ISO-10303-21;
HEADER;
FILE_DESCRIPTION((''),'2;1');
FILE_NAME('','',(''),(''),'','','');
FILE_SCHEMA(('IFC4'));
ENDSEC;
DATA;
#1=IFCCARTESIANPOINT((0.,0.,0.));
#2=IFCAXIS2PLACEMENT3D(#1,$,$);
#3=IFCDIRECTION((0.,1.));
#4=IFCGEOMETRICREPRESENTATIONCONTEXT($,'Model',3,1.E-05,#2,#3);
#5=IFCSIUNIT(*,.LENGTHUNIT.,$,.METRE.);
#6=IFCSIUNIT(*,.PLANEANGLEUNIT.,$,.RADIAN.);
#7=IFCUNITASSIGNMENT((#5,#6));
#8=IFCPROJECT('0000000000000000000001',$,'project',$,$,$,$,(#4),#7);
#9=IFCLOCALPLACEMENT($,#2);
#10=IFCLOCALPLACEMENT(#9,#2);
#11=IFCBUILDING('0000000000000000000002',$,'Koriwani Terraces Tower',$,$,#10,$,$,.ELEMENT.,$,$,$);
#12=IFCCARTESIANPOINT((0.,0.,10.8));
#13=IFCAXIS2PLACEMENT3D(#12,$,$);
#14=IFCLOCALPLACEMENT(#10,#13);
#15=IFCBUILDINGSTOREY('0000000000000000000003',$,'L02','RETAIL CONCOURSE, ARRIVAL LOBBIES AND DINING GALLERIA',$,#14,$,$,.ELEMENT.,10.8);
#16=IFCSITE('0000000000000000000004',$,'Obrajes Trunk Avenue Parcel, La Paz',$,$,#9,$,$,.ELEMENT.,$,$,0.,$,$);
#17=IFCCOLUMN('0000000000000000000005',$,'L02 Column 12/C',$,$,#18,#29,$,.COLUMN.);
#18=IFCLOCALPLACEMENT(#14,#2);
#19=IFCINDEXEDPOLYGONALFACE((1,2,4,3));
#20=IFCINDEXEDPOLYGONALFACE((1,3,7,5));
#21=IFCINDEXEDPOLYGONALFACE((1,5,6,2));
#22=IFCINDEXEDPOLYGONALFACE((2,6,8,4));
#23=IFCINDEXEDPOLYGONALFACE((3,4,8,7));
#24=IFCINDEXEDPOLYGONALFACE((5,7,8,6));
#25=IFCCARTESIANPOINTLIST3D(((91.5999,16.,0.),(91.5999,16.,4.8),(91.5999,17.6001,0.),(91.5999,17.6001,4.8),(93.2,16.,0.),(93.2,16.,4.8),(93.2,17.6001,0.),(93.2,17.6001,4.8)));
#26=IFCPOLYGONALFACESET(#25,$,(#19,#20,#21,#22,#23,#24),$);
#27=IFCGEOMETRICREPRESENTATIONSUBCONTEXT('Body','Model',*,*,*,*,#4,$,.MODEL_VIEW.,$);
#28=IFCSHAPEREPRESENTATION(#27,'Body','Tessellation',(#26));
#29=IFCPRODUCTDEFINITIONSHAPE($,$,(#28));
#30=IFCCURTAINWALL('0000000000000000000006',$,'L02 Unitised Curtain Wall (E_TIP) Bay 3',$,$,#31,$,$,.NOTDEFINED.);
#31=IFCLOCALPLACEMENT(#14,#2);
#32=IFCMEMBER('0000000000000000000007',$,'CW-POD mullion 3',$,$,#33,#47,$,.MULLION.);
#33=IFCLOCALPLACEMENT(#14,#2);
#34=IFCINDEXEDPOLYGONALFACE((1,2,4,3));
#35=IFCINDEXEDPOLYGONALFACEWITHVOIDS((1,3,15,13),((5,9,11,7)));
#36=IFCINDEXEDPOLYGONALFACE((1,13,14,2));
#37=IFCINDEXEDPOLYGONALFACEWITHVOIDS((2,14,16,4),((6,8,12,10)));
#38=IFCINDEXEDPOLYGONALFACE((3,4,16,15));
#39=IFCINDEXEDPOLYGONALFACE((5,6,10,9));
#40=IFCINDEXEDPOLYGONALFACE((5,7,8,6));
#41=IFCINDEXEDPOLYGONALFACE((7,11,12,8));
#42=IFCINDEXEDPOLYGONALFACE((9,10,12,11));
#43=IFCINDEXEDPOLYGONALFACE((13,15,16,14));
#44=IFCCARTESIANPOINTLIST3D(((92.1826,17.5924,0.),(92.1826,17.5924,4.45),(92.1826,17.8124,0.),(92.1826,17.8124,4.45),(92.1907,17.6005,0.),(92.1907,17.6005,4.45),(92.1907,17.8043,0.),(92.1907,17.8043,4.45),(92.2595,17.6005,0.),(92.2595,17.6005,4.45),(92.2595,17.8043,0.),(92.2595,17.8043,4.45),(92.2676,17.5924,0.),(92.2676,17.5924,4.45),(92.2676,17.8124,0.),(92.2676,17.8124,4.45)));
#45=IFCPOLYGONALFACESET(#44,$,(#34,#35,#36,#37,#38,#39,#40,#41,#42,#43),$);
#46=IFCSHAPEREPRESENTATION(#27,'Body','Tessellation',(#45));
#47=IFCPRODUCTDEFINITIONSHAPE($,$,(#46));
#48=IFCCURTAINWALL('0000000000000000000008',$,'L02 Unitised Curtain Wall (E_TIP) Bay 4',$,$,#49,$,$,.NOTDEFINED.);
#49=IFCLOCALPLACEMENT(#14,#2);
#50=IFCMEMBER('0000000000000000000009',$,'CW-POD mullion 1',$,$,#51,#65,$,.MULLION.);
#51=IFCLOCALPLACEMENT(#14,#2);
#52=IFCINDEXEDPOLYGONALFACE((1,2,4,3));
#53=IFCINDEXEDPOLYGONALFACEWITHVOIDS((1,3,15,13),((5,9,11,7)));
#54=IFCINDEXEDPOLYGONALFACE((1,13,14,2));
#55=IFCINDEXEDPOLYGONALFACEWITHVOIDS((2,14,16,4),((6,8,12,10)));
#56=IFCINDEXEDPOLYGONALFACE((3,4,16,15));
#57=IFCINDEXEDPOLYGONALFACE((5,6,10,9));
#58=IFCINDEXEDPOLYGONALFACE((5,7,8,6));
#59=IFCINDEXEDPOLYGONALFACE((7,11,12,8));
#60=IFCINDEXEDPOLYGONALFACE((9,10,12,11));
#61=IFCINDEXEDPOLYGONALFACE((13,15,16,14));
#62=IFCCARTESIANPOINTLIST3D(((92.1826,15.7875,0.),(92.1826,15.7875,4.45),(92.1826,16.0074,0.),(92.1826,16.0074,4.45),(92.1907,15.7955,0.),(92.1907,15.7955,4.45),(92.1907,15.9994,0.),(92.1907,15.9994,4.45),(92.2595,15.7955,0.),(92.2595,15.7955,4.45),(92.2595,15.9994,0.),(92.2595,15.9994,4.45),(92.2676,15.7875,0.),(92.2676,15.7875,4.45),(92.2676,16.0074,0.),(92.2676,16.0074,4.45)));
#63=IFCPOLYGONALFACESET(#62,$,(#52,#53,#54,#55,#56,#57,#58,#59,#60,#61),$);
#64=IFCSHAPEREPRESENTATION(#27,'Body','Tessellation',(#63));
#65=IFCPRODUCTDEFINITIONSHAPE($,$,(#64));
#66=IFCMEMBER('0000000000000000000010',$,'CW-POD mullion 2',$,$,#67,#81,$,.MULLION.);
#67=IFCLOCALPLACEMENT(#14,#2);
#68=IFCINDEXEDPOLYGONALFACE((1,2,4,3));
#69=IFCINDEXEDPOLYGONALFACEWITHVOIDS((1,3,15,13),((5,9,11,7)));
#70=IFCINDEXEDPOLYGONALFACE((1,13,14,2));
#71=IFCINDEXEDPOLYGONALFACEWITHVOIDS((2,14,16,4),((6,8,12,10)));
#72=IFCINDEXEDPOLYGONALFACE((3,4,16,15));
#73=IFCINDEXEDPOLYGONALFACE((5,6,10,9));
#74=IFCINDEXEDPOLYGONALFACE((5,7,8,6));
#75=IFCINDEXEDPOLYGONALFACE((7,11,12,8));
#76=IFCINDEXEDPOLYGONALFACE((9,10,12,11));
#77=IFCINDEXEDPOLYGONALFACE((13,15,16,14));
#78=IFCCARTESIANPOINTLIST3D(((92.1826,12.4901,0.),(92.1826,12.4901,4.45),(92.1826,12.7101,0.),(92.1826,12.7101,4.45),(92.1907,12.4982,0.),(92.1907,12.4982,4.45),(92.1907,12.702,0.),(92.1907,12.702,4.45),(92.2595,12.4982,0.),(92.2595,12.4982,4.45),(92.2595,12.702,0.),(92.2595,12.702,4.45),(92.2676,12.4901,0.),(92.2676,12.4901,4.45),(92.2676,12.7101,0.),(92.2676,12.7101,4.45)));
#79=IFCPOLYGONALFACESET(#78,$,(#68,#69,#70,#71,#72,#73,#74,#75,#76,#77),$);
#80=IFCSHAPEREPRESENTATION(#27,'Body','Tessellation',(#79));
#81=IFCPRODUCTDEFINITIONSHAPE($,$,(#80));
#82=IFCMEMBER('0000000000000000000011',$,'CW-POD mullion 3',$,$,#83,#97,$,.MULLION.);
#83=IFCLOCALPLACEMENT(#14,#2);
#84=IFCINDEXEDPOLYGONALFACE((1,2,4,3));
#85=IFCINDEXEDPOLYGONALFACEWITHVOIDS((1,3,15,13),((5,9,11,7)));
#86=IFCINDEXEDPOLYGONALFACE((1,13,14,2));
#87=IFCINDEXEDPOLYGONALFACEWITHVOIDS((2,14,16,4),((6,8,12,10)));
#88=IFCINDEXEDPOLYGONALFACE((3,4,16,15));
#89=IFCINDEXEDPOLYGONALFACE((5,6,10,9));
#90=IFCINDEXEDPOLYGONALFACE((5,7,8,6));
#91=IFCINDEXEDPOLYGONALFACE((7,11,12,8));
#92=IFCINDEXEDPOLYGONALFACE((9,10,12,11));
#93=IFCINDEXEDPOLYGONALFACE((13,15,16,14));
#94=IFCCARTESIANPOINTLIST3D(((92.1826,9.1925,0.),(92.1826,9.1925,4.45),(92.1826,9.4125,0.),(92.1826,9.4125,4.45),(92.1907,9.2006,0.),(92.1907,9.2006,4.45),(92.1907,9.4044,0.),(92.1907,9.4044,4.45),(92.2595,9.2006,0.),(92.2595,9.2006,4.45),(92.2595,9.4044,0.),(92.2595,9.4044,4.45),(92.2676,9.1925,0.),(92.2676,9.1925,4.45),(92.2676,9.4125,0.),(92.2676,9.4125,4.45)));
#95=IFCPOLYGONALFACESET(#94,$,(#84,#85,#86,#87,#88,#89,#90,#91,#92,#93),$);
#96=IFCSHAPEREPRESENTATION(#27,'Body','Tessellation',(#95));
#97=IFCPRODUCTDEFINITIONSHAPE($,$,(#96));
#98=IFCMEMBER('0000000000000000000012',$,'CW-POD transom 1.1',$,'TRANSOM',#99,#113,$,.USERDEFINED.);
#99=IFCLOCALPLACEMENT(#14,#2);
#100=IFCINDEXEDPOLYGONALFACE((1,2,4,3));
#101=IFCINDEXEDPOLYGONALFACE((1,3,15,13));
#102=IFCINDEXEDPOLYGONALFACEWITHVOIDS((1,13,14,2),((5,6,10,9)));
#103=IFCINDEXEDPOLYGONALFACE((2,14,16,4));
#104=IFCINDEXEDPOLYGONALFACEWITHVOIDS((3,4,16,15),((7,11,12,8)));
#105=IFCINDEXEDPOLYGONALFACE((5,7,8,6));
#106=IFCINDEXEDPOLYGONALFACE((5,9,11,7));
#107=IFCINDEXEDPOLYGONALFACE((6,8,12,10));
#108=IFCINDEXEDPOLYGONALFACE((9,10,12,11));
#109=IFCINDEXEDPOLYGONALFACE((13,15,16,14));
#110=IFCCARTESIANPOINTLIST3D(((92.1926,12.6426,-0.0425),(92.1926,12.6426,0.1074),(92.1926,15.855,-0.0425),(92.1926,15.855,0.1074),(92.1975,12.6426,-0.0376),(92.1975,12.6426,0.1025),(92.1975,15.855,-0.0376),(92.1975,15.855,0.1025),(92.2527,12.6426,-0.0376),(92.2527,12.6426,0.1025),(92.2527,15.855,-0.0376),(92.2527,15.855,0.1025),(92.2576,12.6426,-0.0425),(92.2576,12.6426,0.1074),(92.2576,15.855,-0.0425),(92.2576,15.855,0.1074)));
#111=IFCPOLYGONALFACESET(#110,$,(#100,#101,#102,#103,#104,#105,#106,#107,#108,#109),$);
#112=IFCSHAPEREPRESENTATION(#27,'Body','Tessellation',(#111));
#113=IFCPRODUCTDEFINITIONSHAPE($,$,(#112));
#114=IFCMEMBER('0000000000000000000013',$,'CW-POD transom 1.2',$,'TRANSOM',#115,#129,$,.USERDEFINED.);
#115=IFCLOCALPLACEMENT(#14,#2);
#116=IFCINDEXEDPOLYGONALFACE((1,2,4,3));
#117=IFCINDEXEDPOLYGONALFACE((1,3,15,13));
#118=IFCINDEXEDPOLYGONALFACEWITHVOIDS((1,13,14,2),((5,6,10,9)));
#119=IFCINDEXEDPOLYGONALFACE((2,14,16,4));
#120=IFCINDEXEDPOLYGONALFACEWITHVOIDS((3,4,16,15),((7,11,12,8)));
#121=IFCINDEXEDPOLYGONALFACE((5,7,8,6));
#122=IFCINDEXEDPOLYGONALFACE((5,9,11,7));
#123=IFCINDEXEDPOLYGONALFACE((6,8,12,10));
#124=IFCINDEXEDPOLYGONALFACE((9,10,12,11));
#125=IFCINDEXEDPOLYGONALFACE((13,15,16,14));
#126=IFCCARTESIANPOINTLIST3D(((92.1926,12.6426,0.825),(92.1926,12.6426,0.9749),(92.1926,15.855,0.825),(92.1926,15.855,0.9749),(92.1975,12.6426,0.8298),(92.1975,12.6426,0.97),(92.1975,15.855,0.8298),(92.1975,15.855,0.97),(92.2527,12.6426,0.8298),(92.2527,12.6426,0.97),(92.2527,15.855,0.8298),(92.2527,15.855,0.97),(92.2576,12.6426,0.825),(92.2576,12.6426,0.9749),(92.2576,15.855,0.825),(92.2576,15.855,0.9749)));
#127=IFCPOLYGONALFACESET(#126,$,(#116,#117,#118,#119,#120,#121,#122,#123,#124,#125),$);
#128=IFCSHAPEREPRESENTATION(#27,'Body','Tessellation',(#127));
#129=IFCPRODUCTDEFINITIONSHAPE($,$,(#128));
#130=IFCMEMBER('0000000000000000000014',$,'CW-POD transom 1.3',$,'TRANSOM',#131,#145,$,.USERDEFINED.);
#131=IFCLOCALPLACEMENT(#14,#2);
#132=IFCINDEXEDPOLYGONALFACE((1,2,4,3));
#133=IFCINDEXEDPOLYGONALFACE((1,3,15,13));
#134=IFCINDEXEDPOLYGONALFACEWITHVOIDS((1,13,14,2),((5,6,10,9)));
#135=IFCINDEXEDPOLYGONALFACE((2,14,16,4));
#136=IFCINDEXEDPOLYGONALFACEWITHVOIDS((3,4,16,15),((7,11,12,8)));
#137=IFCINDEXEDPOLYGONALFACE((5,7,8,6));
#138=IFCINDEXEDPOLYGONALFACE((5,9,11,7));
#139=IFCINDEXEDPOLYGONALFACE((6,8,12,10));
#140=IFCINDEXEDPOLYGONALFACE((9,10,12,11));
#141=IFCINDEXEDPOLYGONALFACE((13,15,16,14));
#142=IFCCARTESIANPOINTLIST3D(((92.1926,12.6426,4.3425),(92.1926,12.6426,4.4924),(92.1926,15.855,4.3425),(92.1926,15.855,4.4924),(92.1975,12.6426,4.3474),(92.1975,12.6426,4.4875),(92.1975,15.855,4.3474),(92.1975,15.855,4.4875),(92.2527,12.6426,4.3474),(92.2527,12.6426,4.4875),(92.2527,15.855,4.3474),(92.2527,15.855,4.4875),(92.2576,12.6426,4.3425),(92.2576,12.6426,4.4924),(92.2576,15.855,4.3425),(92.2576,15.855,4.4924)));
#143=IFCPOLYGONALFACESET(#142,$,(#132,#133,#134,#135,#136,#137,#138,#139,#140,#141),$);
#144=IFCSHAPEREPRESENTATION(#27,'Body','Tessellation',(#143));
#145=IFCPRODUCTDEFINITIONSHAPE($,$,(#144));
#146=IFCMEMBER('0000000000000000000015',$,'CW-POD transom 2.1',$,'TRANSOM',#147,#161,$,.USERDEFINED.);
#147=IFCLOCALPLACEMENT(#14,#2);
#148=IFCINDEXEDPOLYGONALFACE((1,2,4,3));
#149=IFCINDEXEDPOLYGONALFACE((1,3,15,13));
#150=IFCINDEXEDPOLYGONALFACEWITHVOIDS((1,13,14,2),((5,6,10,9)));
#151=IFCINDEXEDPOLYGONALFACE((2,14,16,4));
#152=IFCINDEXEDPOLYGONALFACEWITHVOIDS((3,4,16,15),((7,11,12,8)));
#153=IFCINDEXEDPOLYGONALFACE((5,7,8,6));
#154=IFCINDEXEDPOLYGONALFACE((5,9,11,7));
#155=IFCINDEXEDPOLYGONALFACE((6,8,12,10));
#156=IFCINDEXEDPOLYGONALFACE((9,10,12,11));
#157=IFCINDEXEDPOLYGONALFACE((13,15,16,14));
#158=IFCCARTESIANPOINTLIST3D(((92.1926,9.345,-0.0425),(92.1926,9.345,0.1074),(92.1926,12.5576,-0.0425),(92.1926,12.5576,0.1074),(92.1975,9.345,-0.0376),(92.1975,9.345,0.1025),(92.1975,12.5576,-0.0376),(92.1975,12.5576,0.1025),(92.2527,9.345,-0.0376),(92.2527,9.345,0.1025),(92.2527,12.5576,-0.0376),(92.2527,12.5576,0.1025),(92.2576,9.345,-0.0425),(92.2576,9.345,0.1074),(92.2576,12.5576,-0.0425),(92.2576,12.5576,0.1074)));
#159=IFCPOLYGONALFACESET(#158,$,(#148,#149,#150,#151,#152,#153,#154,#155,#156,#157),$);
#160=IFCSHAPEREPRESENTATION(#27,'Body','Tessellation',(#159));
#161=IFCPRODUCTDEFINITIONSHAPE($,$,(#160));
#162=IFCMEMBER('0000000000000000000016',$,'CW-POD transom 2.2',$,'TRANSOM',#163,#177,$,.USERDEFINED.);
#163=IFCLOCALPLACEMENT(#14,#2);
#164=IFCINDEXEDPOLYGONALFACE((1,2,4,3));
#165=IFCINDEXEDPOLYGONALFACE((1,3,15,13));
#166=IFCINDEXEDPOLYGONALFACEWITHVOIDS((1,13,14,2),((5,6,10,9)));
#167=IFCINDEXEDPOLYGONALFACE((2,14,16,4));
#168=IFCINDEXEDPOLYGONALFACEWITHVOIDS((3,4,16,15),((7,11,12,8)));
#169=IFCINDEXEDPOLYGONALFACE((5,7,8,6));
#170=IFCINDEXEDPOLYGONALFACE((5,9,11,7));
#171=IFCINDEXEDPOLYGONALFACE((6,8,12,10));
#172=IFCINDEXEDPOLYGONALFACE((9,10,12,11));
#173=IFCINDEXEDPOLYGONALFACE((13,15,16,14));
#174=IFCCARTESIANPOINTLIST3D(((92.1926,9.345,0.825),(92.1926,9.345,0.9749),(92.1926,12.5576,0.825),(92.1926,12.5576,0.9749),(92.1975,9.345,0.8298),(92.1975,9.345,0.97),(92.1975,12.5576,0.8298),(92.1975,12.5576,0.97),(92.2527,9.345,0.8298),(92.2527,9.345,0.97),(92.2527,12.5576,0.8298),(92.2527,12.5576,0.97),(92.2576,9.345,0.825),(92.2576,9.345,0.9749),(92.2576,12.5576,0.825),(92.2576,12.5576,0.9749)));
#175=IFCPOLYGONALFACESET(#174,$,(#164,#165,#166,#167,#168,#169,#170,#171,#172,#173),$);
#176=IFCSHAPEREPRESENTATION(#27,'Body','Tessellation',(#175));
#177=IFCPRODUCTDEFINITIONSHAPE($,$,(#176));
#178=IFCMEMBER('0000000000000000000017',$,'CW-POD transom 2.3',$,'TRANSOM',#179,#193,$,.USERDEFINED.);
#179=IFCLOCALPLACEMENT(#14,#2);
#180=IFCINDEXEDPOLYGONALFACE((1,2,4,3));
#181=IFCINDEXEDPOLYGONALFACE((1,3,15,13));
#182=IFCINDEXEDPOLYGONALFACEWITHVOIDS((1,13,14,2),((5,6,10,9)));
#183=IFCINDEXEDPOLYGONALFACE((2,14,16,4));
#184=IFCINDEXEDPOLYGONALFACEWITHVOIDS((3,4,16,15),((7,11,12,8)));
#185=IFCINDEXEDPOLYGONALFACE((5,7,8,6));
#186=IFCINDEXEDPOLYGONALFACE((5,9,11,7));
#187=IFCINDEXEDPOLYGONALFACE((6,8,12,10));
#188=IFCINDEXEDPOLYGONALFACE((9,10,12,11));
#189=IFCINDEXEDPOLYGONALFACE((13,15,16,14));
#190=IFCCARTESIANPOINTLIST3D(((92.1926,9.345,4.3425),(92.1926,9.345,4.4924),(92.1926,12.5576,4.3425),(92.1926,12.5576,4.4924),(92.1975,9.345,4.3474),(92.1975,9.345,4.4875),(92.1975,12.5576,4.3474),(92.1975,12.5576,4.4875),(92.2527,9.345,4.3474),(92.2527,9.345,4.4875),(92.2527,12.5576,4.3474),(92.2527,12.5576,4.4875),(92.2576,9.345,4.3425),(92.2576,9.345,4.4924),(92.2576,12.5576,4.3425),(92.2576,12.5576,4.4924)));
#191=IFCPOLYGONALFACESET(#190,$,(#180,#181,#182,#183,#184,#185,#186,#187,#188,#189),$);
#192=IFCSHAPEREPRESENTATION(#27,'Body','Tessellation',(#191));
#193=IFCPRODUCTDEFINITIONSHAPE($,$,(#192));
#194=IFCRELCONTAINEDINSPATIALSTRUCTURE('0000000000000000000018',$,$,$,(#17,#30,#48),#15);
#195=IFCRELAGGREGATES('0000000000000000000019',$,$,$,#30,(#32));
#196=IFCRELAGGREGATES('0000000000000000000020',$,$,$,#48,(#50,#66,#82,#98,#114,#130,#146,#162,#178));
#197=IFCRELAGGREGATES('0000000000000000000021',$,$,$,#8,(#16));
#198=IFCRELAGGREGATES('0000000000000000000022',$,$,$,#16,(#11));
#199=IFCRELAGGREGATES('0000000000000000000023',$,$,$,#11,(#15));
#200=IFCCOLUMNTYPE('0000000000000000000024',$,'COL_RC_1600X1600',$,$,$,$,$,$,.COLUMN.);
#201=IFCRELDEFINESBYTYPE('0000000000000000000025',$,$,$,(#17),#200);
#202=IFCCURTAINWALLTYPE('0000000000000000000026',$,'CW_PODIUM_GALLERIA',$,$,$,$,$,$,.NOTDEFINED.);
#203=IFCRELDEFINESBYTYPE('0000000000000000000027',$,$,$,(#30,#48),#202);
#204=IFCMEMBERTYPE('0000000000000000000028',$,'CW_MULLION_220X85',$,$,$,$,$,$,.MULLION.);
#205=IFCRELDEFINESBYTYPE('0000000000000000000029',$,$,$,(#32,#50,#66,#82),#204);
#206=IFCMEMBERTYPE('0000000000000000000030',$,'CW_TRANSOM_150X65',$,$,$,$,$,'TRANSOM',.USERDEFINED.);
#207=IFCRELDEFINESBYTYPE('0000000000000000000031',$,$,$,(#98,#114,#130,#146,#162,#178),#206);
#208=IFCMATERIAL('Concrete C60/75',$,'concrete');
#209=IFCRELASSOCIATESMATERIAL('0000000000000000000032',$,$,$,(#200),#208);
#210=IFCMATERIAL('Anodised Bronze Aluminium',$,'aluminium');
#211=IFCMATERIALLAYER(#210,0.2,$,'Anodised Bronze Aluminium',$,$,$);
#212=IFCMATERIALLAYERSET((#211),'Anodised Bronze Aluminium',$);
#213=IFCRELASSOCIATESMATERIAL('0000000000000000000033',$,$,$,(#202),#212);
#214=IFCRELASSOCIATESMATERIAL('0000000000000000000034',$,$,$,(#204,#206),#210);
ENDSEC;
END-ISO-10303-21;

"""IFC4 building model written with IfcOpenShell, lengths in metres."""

from ifc_helpers import new_model, si_unit, direction, frame, origin, origin_2d, place, context, subcontext, project, spatial, rectangle, hollow_rectangle, extrude, material, layer, layer_set, material_profile, profile_set, type_object, element, aggregate, save


model = new_model("IFC4")

# Units and contexts
model_context = context("Model", 3, precision=1e-05, world=origin(), true_north=direction((0.0, 1.0)))
body_context = subcontext(model_context, "Body", "Model", "MODEL_VIEW")
ifc_project = project(units=[si_unit("LENGTHUNIT", "METRE"), si_unit("PLANEANGLEUNIT", "RADIAN")], contexts=[model_context])

# Site, building, storey
site_placement = place(None, origin())
site = spatial("IfcSite", under=ifc_project, at=site_placement, Name="Obrajes Trunk Avenue Parcel, La Paz", CompositionType="ELEMENT", RefElevation=0.0)
building_placement = place(site_placement, origin())
building = spatial("IfcBuilding", under=site, at=building_placement, Name="Koriwani Terraces Tower", CompositionType="ELEMENT")
storey_placement = place(building_placement, frame((0.0, 0.0, 10.8)))
storey = spatial("IfcBuildingStorey", under=building, at=storey_placement, Name="L02", Description="RETAIL CONCOURSE, ARRIVAL LOBBIES AND DINING GALLERIA", CompositionType="ELEMENT", Elevation=10.8)

# Column
ifc_material_1 = material(Name="Concrete C60/75", Category="concrete")
ifc_material_profile_1 = material_profile(ifc_material_1, rectangle(XDim=1.6001, YDim=1.6001, at=origin_2d()), Name="Concrete C60/75", Category="LoadBearing")
ifc_profile_set_1 = profile_set([ifc_material_profile_1], Name="Concrete C60/75")
column_type = type_object("IfcColumnType", Name="COL_RC_1600X1600", PredefinedType="COLUMN", material=ifc_profile_set_1)
column_placement = place(storey_placement, frame((92.3999, 16.8, 0.0), z_axis=(0.0, 0.0, 1.0), x_axis=(1.0, 0.0, 0.0)))
element("IfcColumn", 1, at=column_placement, inside=storey, type_object=column_type, Name="L02 Column 12/C", PredefinedType="COLUMN", context=body_context, shape_type="SweptSolid", body=[
    extrude(rectangle(XDim=1.6001, YDim=1.6001, at=origin_2d()), origin(), (0.0, 0.0, 1.0), 4.8),
])

# Curtain wall, member
ifc_material_2 = material(Name="Anodised Bronze Aluminium", Category="aluminium")
ifc_layer_1 = layer(ifc_material_2, 0.2, Name="Anodised Bronze Aluminium")
ifc_layer_set_1 = layer_set([ifc_layer_1], Name="Anodised Bronze Aluminium")
curtain_wall_type = type_object("IfcCurtainWallType", Name="CW_PODIUM_GALLERIA", PredefinedType="NOTDEFINED", material=ifc_layer_set_1)
curtain_wall_1_placement = place(storey_placement, origin())
curtain_wall_1 = element("IfcCurtainWall", 2, at=curtain_wall_1_placement, inside=storey, type_object=curtain_wall_type, Name="L02 Unitised Curtain Wall (E_TIP) Bay 3", PredefinedType="NOTDEFINED")
ifc_material_profile_2 = material_profile(ifc_material_2, hollow_rectangle(XDim=0.085, YDim=0.22, WallThickness=0.0081, at=origin_2d()), Name="Anodised Bronze Aluminium", Category="LoadBearing")
ifc_profile_set_2 = profile_set([ifc_material_profile_2], Name="Anodised Bronze Aluminium")
member_type_1 = type_object("IfcMemberType", Name="CW_MULLION_220X85", PredefinedType="MULLION", material=ifc_profile_set_2)
member_1_placement = place(storey_placement, frame((92.2251, 17.7024, 0.0), z_axis=(0.0, 0.0, 1.0), x_axis=(1.0, 0.0, 0.0)))
member_1 = element("IfcMember", 3, at=member_1_placement, type_object=member_type_1, Name="CW-POD mullion 3", PredefinedType="MULLION", context=body_context, shape_type="SweptSolid", body=[
    extrude(hollow_rectangle(XDim=0.085, YDim=0.22, WallThickness=0.0081, at=origin_2d()), origin(), (0.0, 0.0, 1.0), 4.45),
])

# Curtain wall, members
curtain_wall_2_placement = place(storey_placement, origin())
curtain_wall_2 = element("IfcCurtainWall", 4, at=curtain_wall_2_placement, inside=storey, type_object=curtain_wall_type, Name="L02 Unitised Curtain Wall (E_TIP) Bay 4", PredefinedType="NOTDEFINED")
member_2_placement = place(storey_placement, frame((92.2251, 15.8975, 0.0), z_axis=(0.0, 0.0, 1.0), x_axis=(1.0, 0.0, 0.0)))
member_2 = element("IfcMember", 5, at=member_2_placement, type_object=member_type_1, Name="CW-POD mullion 1", PredefinedType="MULLION", context=body_context, shape_type="SweptSolid", body=[
    extrude(hollow_rectangle(XDim=0.085, YDim=0.22, WallThickness=0.0081, at=origin_2d()), origin(), (0.0, 0.0, 1.0), 4.45),
])
member_3_placement = place(storey_placement, frame((92.2251, 12.6001, 0.0), z_axis=(0.0, 0.0, 1.0), x_axis=(1.0, 0.0, 0.0)))
member_3 = element("IfcMember", 6, at=member_3_placement, type_object=member_type_1, Name="CW-POD mullion 2", PredefinedType="MULLION", context=body_context, shape_type="SweptSolid", body=[
    extrude(hollow_rectangle(XDim=0.085, YDim=0.22, WallThickness=0.0081, at=origin_2d()), origin(), (0.0, 0.0, 1.0), 4.45),
])
member_4_placement = place(storey_placement, frame((92.2251, 9.3025, 0.0), z_axis=(0.0, 0.0, 1.0), x_axis=(1.0, 0.0, 0.0)))
member_4 = element("IfcMember", 7, at=member_4_placement, type_object=member_type_1, Name="CW-POD mullion 3", PredefinedType="MULLION", context=body_context, shape_type="SweptSolid", body=[
    extrude(hollow_rectangle(XDim=0.085, YDim=0.22, WallThickness=0.0081, at=origin_2d()), origin(), (0.0, 0.0, 1.0), 4.45),
])
ifc_material_profile_3 = material_profile(ifc_material_2, hollow_rectangle(XDim=0.0649, YDim=0.1499, WallThickness=0.0049, at=origin_2d()), Name="Anodised Bronze Aluminium", Category="LoadBearing")
ifc_profile_set_3 = profile_set([ifc_material_profile_3], Name="Anodised Bronze Aluminium")
member_type_2 = type_object("IfcMemberType", Name="CW_TRANSOM_150X65", ElementType="TRANSOM", PredefinedType="USERDEFINED", material=ifc_profile_set_3)
member_5_placement = place(storey_placement, frame((92.2251, 15.855, 0.0325), z_axis=(0.0, -1.0, 0.0), x_axis=(1.0, 0.0, 0.0)))
member_5 = element("IfcMember", 8, at=member_5_placement, type_object=member_type_2, Name="CW-POD transom 1.1", ObjectType="TRANSOM", PredefinedType="USERDEFINED", context=body_context, shape_type="SweptSolid", body=[
    extrude(hollow_rectangle(XDim=0.0649, YDim=0.1499, WallThickness=0.0049, at=origin_2d()), origin(), (0.0, 0.0, 1.0), 3.2124),
])
member_6_placement = place(storey_placement, frame((92.2251, 15.855, 0.8999), z_axis=(0.0, -1.0, 0.0), x_axis=(1.0, 0.0, 0.0)))
member_6 = element("IfcMember", 9, at=member_6_placement, type_object=member_type_2, Name="CW-POD transom 1.2", ObjectType="TRANSOM", PredefinedType="USERDEFINED", context=body_context, shape_type="SweptSolid", body=[
    extrude(hollow_rectangle(XDim=0.0649, YDim=0.1499, WallThickness=0.0049, at=origin_2d()), origin(), (0.0, 0.0, 1.0), 3.2124),
])
member_7_placement = place(storey_placement, frame((92.2251, 15.855, 4.4175), z_axis=(0.0, -1.0, 0.0), x_axis=(1.0, 0.0, 0.0)))
member_7 = element("IfcMember", 10, at=member_7_placement, type_object=member_type_2, Name="CW-POD transom 1.3", ObjectType="TRANSOM", PredefinedType="USERDEFINED", context=body_context, shape_type="SweptSolid", body=[
    extrude(hollow_rectangle(XDim=0.0649, YDim=0.1499, WallThickness=0.0049, at=origin_2d()), origin(), (0.0, 0.0, 1.0), 3.2124),
])
member_8_placement = place(storey_placement, frame((92.2251, 12.5576, 0.0325), z_axis=(0.0, -1.0, 0.0), x_axis=(1.0, 0.0, 0.0)))
member_8 = element("IfcMember", 11, at=member_8_placement, type_object=member_type_2, Name="CW-POD transom 2.1", ObjectType="TRANSOM", PredefinedType="USERDEFINED", context=body_context, shape_type="SweptSolid", body=[
    extrude(hollow_rectangle(XDim=0.0649, YDim=0.1499, WallThickness=0.0049, at=origin_2d()), origin(), (0.0, 0.0, 1.0), 3.2126),
])
member_9_placement = place(storey_placement, frame((92.2251, 12.5576, 0.8999), z_axis=(0.0, -1.0, 0.0), x_axis=(1.0, 0.0, 0.0)))
member_9 = element("IfcMember", 12, at=member_9_placement, type_object=member_type_2, Name="CW-POD transom 2.2", ObjectType="TRANSOM", PredefinedType="USERDEFINED", context=body_context, shape_type="SweptSolid", body=[
    extrude(hollow_rectangle(XDim=0.0649, YDim=0.1499, WallThickness=0.0049, at=origin_2d()), origin(), (0.0, 0.0, 1.0), 3.2126),
])
member_10_placement = place(storey_placement, frame((92.2251, 12.5576, 4.4175), z_axis=(0.0, -1.0, 0.0), x_axis=(1.0, 0.0, 0.0)))
member_10 = element("IfcMember", 13, at=member_10_placement, type_object=member_type_2, Name="CW-POD transom 2.3", ObjectType="TRANSOM", PredefinedType="USERDEFINED", context=body_context, shape_type="SweptSolid", body=[
    extrude(hollow_rectangle(XDim=0.0649, YDim=0.1499, WallThickness=0.0049, at=origin_2d()), origin(), (0.0, 0.0, 1.0), 3.2126),
])

aggregate(curtain_wall_1, [member_1])
aggregate(curtain_wall_2, [member_2, member_3, member_4, member_5, member_6, member_7, member_8, member_9, member_10])

save(model, "model.ifc")
